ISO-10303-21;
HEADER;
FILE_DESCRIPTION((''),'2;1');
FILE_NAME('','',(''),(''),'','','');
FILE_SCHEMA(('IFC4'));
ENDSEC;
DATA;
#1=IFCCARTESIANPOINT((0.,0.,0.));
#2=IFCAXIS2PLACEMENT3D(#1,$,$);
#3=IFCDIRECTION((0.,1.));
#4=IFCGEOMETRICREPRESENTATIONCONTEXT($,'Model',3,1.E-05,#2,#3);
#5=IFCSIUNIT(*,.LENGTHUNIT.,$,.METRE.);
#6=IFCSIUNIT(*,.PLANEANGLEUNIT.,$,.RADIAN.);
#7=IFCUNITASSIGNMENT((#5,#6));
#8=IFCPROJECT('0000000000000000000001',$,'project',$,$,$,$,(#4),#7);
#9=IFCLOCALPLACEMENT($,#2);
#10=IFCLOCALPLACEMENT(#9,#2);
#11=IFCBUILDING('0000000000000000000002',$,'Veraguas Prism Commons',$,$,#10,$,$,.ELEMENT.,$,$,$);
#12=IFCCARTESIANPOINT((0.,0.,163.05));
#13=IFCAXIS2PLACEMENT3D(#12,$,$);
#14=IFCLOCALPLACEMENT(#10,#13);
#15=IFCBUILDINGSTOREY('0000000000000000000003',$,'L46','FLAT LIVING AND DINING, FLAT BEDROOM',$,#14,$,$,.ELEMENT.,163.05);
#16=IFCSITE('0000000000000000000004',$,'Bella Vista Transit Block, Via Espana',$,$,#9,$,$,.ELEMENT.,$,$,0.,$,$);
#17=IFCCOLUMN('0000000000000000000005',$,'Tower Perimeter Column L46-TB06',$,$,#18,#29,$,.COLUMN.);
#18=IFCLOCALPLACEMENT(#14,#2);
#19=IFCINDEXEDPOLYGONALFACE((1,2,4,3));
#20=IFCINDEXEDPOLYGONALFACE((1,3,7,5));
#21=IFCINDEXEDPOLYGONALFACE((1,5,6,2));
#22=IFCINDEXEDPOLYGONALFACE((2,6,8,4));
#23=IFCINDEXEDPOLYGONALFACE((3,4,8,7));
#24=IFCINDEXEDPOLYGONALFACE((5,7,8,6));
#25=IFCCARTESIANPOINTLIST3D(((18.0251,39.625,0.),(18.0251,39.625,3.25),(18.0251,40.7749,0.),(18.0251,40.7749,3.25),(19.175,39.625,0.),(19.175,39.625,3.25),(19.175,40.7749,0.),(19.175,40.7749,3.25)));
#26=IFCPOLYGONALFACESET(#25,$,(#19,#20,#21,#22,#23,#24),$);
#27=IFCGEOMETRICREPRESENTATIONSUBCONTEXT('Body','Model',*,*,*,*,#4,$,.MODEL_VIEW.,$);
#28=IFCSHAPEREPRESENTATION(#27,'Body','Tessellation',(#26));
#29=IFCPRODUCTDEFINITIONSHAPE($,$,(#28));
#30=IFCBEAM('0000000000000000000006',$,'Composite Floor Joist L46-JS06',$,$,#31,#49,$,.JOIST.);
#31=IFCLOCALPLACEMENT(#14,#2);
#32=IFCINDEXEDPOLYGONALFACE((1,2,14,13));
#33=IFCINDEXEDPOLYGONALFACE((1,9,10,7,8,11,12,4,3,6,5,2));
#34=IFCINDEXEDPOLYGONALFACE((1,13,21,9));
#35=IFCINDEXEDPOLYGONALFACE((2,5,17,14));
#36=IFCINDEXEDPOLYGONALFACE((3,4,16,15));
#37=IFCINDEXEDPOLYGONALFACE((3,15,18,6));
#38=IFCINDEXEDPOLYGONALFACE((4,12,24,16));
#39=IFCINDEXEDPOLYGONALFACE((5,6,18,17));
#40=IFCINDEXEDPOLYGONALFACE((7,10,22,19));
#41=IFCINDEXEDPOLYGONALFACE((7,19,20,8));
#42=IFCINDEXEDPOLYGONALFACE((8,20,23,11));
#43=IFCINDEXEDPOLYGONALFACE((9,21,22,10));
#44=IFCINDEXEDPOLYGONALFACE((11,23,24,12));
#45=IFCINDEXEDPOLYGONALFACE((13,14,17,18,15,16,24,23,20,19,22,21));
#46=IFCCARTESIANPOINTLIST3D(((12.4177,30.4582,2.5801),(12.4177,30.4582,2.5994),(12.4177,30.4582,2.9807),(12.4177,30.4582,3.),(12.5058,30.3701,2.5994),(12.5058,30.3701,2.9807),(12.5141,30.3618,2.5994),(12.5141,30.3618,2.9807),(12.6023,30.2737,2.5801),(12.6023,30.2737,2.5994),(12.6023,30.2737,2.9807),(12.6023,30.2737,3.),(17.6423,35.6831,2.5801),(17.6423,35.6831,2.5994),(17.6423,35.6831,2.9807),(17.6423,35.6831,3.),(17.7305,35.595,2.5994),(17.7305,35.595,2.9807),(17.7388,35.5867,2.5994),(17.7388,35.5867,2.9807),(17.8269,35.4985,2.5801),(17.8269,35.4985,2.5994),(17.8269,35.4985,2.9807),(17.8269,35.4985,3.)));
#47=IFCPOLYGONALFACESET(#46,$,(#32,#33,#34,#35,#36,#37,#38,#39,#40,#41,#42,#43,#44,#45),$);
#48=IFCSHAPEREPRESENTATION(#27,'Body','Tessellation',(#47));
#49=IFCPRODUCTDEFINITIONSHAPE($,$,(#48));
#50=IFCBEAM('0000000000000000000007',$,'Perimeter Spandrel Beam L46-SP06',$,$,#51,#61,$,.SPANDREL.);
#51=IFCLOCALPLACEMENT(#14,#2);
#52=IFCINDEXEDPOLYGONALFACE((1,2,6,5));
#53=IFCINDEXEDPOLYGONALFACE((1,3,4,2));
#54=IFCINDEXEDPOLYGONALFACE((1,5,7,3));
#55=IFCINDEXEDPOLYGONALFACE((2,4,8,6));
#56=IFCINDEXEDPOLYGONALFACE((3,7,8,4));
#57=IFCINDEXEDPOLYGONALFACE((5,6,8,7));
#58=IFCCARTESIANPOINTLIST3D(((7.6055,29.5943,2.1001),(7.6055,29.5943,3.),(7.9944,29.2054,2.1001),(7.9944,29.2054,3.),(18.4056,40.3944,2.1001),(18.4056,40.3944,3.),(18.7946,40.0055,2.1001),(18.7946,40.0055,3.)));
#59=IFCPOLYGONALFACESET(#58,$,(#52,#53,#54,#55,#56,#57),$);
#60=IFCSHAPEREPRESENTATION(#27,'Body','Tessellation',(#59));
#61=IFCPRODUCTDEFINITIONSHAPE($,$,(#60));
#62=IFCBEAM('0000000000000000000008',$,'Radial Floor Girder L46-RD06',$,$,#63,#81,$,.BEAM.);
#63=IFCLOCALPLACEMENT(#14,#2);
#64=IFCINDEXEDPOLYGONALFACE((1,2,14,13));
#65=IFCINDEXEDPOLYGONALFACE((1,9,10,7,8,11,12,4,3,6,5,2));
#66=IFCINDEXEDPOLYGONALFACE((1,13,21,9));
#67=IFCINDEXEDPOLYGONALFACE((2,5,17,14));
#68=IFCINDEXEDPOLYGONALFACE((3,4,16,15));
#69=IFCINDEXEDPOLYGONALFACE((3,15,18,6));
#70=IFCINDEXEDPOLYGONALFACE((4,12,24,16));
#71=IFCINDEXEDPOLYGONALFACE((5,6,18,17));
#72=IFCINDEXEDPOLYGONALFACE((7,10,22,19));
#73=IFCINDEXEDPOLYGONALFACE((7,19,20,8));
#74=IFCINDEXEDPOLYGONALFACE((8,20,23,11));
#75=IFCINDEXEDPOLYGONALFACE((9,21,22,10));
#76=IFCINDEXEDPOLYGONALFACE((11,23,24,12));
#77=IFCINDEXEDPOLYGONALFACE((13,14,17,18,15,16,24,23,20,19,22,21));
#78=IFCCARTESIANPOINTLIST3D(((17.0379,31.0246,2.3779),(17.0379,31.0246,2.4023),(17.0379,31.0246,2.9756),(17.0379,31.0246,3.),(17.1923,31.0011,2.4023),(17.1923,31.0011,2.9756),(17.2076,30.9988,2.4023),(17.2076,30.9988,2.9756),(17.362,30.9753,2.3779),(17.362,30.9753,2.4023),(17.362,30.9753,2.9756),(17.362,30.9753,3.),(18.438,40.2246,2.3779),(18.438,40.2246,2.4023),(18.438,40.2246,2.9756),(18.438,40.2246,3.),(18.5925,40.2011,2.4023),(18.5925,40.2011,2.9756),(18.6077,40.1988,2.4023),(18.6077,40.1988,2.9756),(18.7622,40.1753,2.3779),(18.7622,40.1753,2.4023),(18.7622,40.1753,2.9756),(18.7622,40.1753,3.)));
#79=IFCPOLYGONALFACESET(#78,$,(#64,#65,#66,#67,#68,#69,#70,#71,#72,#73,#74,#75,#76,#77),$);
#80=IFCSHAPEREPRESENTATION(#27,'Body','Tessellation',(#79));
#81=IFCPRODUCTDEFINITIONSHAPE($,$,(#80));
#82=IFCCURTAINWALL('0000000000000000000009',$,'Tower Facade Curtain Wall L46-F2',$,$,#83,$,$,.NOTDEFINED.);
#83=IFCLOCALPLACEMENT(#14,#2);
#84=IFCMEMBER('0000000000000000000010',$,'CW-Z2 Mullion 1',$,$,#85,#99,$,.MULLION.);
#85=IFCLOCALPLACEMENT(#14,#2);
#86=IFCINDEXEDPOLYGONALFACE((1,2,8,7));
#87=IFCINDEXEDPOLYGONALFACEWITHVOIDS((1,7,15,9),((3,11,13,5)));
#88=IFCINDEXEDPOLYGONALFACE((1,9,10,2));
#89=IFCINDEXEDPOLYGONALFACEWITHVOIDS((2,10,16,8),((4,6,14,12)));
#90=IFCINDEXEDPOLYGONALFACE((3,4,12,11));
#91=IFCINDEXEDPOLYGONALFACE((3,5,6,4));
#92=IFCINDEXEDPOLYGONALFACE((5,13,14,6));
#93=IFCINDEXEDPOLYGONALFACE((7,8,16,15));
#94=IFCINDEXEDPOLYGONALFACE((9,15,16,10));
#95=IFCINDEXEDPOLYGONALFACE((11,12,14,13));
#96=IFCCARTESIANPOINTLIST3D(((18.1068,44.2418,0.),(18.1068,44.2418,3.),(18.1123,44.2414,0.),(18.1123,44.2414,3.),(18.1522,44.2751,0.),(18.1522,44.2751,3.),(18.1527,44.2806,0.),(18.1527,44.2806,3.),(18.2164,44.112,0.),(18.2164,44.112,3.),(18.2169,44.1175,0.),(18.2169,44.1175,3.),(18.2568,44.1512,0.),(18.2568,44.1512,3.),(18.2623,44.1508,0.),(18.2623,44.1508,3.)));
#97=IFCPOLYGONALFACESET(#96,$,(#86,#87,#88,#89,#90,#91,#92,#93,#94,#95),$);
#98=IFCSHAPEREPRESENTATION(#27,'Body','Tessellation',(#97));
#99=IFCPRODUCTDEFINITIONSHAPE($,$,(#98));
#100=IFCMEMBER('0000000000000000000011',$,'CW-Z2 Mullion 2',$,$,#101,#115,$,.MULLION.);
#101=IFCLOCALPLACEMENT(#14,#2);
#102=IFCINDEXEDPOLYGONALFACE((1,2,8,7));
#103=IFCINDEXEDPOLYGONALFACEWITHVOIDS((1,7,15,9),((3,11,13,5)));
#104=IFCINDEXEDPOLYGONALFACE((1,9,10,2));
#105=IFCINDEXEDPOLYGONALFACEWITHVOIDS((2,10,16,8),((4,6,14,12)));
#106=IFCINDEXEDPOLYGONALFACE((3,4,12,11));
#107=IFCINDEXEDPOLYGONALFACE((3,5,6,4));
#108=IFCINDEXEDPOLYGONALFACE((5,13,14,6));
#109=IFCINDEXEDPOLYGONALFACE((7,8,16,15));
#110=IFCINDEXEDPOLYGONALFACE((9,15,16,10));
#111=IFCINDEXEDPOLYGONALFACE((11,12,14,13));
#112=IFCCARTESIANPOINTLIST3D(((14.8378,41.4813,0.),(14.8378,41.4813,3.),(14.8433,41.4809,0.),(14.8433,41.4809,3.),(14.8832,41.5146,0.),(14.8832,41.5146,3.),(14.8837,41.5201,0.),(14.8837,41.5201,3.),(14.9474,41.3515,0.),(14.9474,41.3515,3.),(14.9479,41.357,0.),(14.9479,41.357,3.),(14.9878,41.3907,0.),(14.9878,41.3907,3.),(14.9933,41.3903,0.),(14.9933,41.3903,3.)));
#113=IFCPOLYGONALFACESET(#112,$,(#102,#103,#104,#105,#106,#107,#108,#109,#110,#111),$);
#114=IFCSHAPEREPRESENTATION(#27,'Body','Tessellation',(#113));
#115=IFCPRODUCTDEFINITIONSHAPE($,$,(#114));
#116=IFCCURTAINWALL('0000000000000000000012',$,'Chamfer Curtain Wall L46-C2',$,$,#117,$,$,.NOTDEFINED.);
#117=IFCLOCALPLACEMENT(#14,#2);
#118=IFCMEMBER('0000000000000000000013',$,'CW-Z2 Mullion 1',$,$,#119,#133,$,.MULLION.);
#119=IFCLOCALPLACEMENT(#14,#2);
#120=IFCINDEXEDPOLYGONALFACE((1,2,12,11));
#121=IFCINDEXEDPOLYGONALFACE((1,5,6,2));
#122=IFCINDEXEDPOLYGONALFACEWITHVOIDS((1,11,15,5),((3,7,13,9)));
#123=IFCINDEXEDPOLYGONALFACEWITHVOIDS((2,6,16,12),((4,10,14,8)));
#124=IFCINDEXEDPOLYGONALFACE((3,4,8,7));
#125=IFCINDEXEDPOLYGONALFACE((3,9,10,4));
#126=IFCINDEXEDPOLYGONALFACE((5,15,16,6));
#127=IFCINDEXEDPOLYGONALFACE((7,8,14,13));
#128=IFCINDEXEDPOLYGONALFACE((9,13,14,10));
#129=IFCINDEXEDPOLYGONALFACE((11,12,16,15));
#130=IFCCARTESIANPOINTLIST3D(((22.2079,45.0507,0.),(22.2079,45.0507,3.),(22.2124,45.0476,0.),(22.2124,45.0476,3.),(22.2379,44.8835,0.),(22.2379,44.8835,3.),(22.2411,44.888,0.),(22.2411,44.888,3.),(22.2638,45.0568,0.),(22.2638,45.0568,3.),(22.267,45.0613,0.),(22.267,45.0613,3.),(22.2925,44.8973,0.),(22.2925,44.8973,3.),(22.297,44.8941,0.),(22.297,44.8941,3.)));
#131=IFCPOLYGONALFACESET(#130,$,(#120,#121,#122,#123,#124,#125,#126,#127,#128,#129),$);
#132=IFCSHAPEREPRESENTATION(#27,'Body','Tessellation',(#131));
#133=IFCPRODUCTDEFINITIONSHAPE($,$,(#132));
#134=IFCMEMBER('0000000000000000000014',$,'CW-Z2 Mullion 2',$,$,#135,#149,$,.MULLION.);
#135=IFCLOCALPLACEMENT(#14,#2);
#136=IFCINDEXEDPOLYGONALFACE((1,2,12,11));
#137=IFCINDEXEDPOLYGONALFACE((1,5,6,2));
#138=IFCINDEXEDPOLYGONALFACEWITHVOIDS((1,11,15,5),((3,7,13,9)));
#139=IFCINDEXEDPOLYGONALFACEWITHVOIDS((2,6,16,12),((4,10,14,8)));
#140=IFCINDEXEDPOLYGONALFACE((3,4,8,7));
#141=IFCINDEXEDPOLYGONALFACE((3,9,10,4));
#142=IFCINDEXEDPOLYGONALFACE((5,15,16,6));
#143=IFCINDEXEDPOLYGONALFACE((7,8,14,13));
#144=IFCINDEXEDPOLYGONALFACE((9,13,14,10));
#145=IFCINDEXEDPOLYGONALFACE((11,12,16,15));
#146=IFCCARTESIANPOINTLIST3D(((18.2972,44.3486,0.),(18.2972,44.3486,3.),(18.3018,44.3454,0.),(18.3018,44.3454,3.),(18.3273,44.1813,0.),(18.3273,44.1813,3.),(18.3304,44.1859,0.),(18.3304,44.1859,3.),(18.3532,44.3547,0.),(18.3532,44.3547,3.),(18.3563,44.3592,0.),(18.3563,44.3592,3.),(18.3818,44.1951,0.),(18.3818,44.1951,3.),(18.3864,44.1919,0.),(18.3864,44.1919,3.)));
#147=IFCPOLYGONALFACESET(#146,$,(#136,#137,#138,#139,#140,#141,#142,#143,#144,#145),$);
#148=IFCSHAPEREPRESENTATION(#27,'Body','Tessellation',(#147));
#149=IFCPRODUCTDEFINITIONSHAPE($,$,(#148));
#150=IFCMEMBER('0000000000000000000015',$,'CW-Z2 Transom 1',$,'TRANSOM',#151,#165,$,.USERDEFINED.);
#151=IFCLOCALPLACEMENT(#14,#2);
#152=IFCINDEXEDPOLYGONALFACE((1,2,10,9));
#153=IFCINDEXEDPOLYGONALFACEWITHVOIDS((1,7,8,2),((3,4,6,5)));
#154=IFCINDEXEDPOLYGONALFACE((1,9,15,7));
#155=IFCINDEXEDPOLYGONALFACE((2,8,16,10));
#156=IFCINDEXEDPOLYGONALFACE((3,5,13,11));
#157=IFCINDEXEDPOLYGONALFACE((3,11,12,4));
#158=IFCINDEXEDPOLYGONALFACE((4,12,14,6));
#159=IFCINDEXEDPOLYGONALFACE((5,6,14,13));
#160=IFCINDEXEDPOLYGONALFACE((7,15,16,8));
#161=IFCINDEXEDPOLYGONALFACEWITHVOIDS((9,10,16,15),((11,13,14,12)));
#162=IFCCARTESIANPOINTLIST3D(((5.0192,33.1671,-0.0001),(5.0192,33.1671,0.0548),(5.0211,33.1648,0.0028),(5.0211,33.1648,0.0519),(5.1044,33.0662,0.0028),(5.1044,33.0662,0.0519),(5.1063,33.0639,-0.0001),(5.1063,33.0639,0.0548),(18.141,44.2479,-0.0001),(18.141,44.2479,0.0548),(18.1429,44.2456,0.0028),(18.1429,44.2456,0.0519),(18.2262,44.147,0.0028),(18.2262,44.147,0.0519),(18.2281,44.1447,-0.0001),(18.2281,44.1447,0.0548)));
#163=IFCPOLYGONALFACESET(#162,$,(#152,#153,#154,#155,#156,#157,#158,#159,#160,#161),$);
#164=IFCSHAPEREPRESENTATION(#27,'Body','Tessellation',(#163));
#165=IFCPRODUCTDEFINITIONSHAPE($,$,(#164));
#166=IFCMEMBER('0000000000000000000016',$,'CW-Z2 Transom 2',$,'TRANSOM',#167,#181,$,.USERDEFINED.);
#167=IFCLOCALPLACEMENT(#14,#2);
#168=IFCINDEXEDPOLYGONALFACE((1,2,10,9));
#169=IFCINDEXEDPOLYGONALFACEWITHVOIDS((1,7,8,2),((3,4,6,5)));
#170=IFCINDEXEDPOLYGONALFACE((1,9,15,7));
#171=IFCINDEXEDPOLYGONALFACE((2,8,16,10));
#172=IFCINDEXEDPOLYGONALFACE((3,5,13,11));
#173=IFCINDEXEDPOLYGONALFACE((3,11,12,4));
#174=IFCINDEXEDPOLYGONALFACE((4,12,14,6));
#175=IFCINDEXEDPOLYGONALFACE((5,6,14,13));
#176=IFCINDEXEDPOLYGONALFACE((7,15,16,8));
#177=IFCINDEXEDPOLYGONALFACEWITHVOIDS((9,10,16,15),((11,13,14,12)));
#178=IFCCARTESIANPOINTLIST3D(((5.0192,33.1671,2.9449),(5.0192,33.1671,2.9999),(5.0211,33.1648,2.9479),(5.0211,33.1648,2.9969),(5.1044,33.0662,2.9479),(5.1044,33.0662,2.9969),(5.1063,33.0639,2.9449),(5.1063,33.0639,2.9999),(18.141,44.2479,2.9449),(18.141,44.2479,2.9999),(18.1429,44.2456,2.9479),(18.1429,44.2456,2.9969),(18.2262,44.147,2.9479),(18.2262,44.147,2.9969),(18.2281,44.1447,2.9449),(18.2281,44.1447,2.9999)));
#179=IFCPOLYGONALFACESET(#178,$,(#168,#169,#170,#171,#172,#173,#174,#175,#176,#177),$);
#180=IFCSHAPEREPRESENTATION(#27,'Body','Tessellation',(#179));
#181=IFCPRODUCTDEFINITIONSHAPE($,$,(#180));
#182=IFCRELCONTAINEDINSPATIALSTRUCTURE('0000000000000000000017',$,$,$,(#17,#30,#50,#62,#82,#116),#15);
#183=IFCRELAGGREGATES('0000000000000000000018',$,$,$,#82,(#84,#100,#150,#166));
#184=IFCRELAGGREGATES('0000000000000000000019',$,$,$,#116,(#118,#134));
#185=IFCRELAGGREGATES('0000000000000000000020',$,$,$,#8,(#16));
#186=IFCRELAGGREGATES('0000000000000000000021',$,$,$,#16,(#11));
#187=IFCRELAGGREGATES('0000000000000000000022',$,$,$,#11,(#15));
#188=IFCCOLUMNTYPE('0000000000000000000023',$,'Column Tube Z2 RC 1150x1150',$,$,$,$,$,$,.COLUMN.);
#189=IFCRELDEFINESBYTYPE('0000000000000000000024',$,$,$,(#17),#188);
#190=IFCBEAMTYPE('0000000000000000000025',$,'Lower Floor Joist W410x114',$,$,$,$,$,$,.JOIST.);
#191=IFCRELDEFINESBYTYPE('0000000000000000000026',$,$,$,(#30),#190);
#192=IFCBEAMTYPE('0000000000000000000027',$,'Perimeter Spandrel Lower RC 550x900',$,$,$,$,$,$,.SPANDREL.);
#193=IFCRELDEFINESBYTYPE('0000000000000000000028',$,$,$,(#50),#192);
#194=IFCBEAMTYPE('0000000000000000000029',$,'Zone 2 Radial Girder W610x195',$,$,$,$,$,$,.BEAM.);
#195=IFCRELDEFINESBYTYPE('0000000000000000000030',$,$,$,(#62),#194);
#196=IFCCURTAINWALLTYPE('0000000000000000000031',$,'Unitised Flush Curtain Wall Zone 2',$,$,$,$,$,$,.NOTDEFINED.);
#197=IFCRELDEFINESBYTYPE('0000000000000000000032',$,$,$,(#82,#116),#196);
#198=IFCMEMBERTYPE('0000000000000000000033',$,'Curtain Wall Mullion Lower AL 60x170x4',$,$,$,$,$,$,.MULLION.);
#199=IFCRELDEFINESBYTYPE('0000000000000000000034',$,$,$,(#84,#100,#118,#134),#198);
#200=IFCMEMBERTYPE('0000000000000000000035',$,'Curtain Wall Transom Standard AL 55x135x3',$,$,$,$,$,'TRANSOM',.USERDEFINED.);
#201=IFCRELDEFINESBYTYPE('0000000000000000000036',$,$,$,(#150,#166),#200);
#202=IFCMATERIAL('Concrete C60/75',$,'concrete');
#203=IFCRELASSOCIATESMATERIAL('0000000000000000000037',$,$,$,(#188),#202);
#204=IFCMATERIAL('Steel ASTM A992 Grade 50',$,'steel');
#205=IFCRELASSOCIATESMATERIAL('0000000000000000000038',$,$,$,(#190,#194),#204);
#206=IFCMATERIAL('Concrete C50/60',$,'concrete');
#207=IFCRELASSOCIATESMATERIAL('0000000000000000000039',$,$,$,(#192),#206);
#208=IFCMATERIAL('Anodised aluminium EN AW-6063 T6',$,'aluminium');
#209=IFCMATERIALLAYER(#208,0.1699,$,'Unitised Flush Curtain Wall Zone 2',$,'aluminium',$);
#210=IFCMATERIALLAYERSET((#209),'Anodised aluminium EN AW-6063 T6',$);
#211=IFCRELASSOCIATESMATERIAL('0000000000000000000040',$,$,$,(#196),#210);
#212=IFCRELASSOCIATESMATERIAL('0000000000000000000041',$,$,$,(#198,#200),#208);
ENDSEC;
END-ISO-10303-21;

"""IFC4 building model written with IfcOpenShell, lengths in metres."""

from ifc_helpers import new_model, si_unit, direction, frame, origin, origin_2d, place, context, subcontext, project, spatial, rectangle, hollow_rectangle, i_section, extrude, source, transform, mapped, material, layer, layer_set, material_profile, profile_set, type_object, element, aggregate, save


model = new_model("IFC4")

# Units and contexts
model_context = context("Model", 3, precision=1e-05, world=origin(), true_north=direction((0.0, 1.0)))
body_context = subcontext(model_context, "Body", "Model", "MODEL_VIEW")
ifc_project = project(units=[si_unit("LENGTHUNIT", "METRE"), si_unit("PLANEANGLEUNIT", "RADIAN")], contexts=[model_context])

# Site, building, storey
site_placement = place(None, origin())
site = spatial("IfcSite", under=ifc_project, at=site_placement, Name="Bella Vista Transit Block, Via Espana", CompositionType="ELEMENT", RefElevation=0.0)
building_placement = place(site_placement, origin())
building = spatial("IfcBuilding", under=site, at=building_placement, Name="Veraguas Prism Commons", CompositionType="ELEMENT")
storey_placement = place(building_placement, frame((0.0, 0.0, 163.05)))
storey = spatial("IfcBuildingStorey", under=building, at=storey_placement, Name="L46", Description="FLAT LIVING AND DINING, FLAT BEDROOM", CompositionType="ELEMENT", Elevation=163.05)

# Column
ifc_material_1 = material(Name="Concrete C60/75", Category="concrete")
ifc_material_profile_1 = material_profile(ifc_material_1, rectangle(XDim=1.1499, YDim=1.1499, at=origin_2d()), Name="RC1150X1150")
ifc_profile_set_1 = profile_set([ifc_material_profile_1], Name="Concrete C60/75")
column_type = type_object("IfcColumnType", Name="Column Tube Z2 RC 1150x1150", PredefinedType="COLUMN", material=ifc_profile_set_1)
column_placement = place(storey_placement, frame((18.6001, 40.2, 0.0), z_axis=(0.0, 0.0, 1.0), x_axis=(1.0, 0.0, 0.0)))
element("IfcColumn", 1, at=column_placement, inside=storey, type_object=column_type, Name="Tower Perimeter Column L46-TB06", PredefinedType="COLUMN", context=body_context, shape_type="SweptSolid", body=[
    extrude(rectangle(XDim=1.1499, YDim=1.1499, at=origin_2d()), origin(), (0.0, 0.0, 1.0), 3.25),
])

# Beams
ifc_material_2 = material(Name="Steel ASTM A992 Grade 50", Category="steel")
ifc_material_profile_2 = material_profile(ifc_material_2, i_section(OverallWidth=0.261, OverallDepth=0.4199, WebThickness=0.0117, FlangeThickness=0.0193, at=origin_2d()), Name="W410X114")
ifc_profile_set_2 = profile_set([ifc_material_profile_2], Name="Steel ASTM A992 Grade 50")
beam_type_1 = type_object("IfcBeamType", Name="Lower Floor Joist W410x114", PredefinedType="JOIST", material=ifc_profile_set_2)
beam_1_placement = place(storey_placement, frame((17.7346, 35.5908, 2.79), z_axis=(-0.70709, -0.707123, 0.0), x_axis=(0.707123, -0.70709, 0.0)))
element("IfcBeam", 2, at=beam_1_placement, inside=storey, type_object=beam_type_1, Name="Composite Floor Joist L46-JS06", PredefinedType="JOIST", context=body_context, shape_type="SweptSolid", body=[
    extrude(i_section(OverallWidth=0.261, OverallDepth=0.4199, WebThickness=0.0117, FlangeThickness=0.0193, at=origin_2d()), origin(), (0.0, 0.0, 1.0), 7.3889),
])
ifc_material_3 = material(Name="Concrete C50/60", Category="concrete")
ifc_material_profile_3 = material_profile(ifc_material_3, rectangle(XDim=0.55, YDim=0.8999, at=origin_2d()), Name="RC550X900")
ifc_profile_set_3 = profile_set([ifc_material_profile_3], Name="Concrete C50/60")
beam_type_2 = type_object("IfcBeamType", Name="Perimeter Spandrel Lower RC 550x900", PredefinedType="SPANDREL", material=ifc_profile_set_3)
beam_2_placement = place(storey_placement, frame((18.6001, 40.2, 2.55), z_axis=(-0.707107, -0.707107, 0.0), x_axis=(0.707107, -0.707107, 0.0)))
element("IfcBeam", 3, at=beam_2_placement, inside=storey, type_object=beam_type_2, Name="Perimeter Spandrel Beam L46-SP06", PredefinedType="SPANDREL", context=body_context, shape_type="SweptSolid", body=[
    extrude(rectangle(XDim=0.55, YDim=0.8999, at=origin_2d()), origin(), (0.0, 0.0, 1.0), 15.2737),
])
ifc_material_profile_4 = material_profile(ifc_material_2, i_section(OverallWidth=0.3279, OverallDepth=0.6221, WebThickness=0.0154, FlangeThickness=0.0244, at=origin_2d()), Name="W610X195")
ifc_profile_set_4 = profile_set([ifc_material_profile_4], Name="Steel ASTM A992 Grade 50")
beam_type_3 = type_object("IfcBeamType", Name="Zone 2 Radial Girder W610x195", PredefinedType="BEAM", material=ifc_profile_set_4)
beam_3_placement = place(storey_placement, frame((18.6001, 40.2, 2.689), z_axis=(-0.150458, -0.988616, 0.0), x_axis=(0.988616, -0.150458, 0.0)))
element("IfcBeam", 4, at=beam_3_placement, inside=storey, type_object=beam_type_3, Name="Radial Floor Girder L46-RD06", PredefinedType="BEAM", context=body_context, shape_type="SweptSolid", body=[
    extrude(i_section(OverallWidth=0.3279, OverallDepth=0.6221, WebThickness=0.0154, FlangeThickness=0.0244, at=origin_2d()), origin(), (0.0, 0.0, 1.0), 9.3059),
])

# Curtain walls, members
ifc_material_4 = material(Name="Anodised aluminium EN AW-6063 T6", Category="aluminium")
ifc_layer_1 = layer(ifc_material_4, 0.1699, Name="Unitised Flush Curtain Wall Zone 2", Category="aluminium")
ifc_layer_set_1 = layer_set([ifc_layer_1], Name="Anodised aluminium EN AW-6063 T6")
curtain_wall_type = type_object("IfcCurtainWallType", Name="Unitised Flush Curtain Wall Zone 2", PredefinedType="NOTDEFINED", material=ifc_layer_set_1)
curtain_wall_1_placement = place(storey_placement, origin())
curtain_wall_1 = element("IfcCurtainWall", 5, at=curtain_wall_1_placement, inside=storey, type_object=curtain_wall_type, Name="Tower Facade Curtain Wall L46-F2", PredefinedType="NOTDEFINED")
ifc_material_profile_5 = material_profile(ifc_material_4, hollow_rectangle(XDim=0.0601, YDim=0.1699, WallThickness=0.0039, at=origin_2d()), Name="AL60X170X4")
ifc_profile_set_5 = profile_set([ifc_material_profile_5], Name="Anodised aluminium EN AW-6063 T6")
member_type_1 = type_object("IfcMemberType", Name="Curtain Wall Mullion Lower AL 60x170x4", PredefinedType="MULLION", material=ifc_profile_set_5)
shared_shape_1 = source(origin(), body_context, "Body", "SweptSolid", [
    extrude(hollow_rectangle(XDim=0.0601, YDim=0.1699, WallThickness=0.0039, at=origin_2d()), origin(), (0.0, 0.0, 1.0), 3.0),
])
member_1_placement = place(storey_placement, frame((18.1846, 44.1963, 0.0), z_axis=(0.0, 0.0, 1.0), x_axis=(-0.764022, -0.64519, 0.0)))
member_1 = element("IfcMember", 6, at=member_1_placement, type_object=member_type_1, Name="CW-Z2 Mullion 1", PredefinedType="MULLION", context=body_context, shape_type="MappedRepresentation", body=[
    mapped(shared_shape_1, transform((0.0, 0.0, 0.0), scale=1.0)),
])
member_2_placement = place(storey_placement, frame((14.9155, 41.4358, 0.0), z_axis=(0.0, 0.0, 1.0), x_axis=(-0.764022, -0.64519, 0.0)))
member_2 = element("IfcMember", 7, at=member_2_placement, type_object=member_type_1, Name="CW-Z2 Mullion 2", PredefinedType="MULLION", context=body_context, shape_type="MappedRepresentation", body=[
    mapped(shared_shape_1, transform((0.0, 0.0, 0.0), scale=1.0)),
])
curtain_wall_2_placement = place(storey_placement, origin())
curtain_wall_2 = element("IfcCurtainWall", 8, at=curtain_wall_2_placement, inside=storey, type_object=curtain_wall_type, Name="Chamfer Curtain Wall L46-C2", PredefinedType="NOTDEFINED")
member_3_placement = place(storey_placement, frame((22.2524, 44.9724, 0.0), z_axis=(0.0, 0.0, 1.0), x_axis=(-0.984258, -0.176738, 0.0)))
member_3 = element("IfcMember", 9, at=member_3_placement, type_object=member_type_1, Name="CW-Z2 Mullion 1", PredefinedType="MULLION", context=body_context, shape_type="MappedRepresentation", body=[
    mapped(shared_shape_1, transform((0.0, 0.0, 0.0), scale=1.0)),
])
member_4_placement = place(storey_placement, frame((18.3418, 44.2703, 0.0), z_axis=(0.0, 0.0, 1.0), x_axis=(-0.984258, -0.176738, 0.0)))
member_4 = element("IfcMember", 10, at=member_4_placement, type_object=member_type_1, Name="CW-Z2 Mullion 2", PredefinedType="MULLION", context=body_context, shape_type="MappedRepresentation", body=[
    mapped(shared_shape_1, transform((0.0, 0.0, 0.0), scale=1.0)),
])

# Members
ifc_material_profile_6 = material_profile(ifc_material_4, hollow_rectangle(XDim=0.0549, YDim=0.135, WallThickness=0.0029, at=origin_2d()), Name="AL55X135X3")
ifc_profile_set_6 = profile_set([ifc_material_profile_6], Name="Anodised aluminium EN AW-6063 T6")
member_type_2 = type_object("IfcMemberType", Name="Curtain Wall Transom Standard AL 55x135x3", ElementType="TRANSOM", PredefinedType="USERDEFINED", material=ifc_profile_set_6)
shared_shape_2 = source(origin(), body_context, "Body", "SweptSolid", [
    extrude(hollow_rectangle(XDim=0.0549, YDim=0.135, WallThickness=0.0029, at=origin_2d()), origin(), (0.0, 0.0, 1.0), 17.1746),
])
member_5_placement = place(storey_placement, frame((18.1846, 44.1963, 0.0273), z_axis=(-0.764025, -0.645186, 0.0), x_axis=(0.0, 0.0, 1.0)))
member_5 = element("IfcMember", 11, at=member_5_placement, type_object=member_type_2, Name="CW-Z2 Transom 1", ObjectType="TRANSOM", PredefinedType="USERDEFINED", context=body_context, shape_type="MappedRepresentation", body=[
    mapped(shared_shape_2, transform((0.0, 0.0, 0.0), scale=1.0)),
])
member_6_placement = place(storey_placement, frame((18.1846, 44.1963, 2.9724), z_axis=(-0.764025, -0.645186, 0.0), x_axis=(0.0, 0.0, 1.0)))
member_6 = element("IfcMember", 12, at=member_6_placement, type_object=member_type_2, Name="CW-Z2 Transom 2", ObjectType="TRANSOM", PredefinedType="USERDEFINED", context=body_context, shape_type="MappedRepresentation", body=[
    mapped(shared_shape_2, transform((0.0, 0.0, 0.0), scale=1.0)),
])

aggregate(curtain_wall_1, [member_1, member_2, member_5, member_6])
aggregate(curtain_wall_2, [member_3, member_4])

save(model, "model.ifc")
